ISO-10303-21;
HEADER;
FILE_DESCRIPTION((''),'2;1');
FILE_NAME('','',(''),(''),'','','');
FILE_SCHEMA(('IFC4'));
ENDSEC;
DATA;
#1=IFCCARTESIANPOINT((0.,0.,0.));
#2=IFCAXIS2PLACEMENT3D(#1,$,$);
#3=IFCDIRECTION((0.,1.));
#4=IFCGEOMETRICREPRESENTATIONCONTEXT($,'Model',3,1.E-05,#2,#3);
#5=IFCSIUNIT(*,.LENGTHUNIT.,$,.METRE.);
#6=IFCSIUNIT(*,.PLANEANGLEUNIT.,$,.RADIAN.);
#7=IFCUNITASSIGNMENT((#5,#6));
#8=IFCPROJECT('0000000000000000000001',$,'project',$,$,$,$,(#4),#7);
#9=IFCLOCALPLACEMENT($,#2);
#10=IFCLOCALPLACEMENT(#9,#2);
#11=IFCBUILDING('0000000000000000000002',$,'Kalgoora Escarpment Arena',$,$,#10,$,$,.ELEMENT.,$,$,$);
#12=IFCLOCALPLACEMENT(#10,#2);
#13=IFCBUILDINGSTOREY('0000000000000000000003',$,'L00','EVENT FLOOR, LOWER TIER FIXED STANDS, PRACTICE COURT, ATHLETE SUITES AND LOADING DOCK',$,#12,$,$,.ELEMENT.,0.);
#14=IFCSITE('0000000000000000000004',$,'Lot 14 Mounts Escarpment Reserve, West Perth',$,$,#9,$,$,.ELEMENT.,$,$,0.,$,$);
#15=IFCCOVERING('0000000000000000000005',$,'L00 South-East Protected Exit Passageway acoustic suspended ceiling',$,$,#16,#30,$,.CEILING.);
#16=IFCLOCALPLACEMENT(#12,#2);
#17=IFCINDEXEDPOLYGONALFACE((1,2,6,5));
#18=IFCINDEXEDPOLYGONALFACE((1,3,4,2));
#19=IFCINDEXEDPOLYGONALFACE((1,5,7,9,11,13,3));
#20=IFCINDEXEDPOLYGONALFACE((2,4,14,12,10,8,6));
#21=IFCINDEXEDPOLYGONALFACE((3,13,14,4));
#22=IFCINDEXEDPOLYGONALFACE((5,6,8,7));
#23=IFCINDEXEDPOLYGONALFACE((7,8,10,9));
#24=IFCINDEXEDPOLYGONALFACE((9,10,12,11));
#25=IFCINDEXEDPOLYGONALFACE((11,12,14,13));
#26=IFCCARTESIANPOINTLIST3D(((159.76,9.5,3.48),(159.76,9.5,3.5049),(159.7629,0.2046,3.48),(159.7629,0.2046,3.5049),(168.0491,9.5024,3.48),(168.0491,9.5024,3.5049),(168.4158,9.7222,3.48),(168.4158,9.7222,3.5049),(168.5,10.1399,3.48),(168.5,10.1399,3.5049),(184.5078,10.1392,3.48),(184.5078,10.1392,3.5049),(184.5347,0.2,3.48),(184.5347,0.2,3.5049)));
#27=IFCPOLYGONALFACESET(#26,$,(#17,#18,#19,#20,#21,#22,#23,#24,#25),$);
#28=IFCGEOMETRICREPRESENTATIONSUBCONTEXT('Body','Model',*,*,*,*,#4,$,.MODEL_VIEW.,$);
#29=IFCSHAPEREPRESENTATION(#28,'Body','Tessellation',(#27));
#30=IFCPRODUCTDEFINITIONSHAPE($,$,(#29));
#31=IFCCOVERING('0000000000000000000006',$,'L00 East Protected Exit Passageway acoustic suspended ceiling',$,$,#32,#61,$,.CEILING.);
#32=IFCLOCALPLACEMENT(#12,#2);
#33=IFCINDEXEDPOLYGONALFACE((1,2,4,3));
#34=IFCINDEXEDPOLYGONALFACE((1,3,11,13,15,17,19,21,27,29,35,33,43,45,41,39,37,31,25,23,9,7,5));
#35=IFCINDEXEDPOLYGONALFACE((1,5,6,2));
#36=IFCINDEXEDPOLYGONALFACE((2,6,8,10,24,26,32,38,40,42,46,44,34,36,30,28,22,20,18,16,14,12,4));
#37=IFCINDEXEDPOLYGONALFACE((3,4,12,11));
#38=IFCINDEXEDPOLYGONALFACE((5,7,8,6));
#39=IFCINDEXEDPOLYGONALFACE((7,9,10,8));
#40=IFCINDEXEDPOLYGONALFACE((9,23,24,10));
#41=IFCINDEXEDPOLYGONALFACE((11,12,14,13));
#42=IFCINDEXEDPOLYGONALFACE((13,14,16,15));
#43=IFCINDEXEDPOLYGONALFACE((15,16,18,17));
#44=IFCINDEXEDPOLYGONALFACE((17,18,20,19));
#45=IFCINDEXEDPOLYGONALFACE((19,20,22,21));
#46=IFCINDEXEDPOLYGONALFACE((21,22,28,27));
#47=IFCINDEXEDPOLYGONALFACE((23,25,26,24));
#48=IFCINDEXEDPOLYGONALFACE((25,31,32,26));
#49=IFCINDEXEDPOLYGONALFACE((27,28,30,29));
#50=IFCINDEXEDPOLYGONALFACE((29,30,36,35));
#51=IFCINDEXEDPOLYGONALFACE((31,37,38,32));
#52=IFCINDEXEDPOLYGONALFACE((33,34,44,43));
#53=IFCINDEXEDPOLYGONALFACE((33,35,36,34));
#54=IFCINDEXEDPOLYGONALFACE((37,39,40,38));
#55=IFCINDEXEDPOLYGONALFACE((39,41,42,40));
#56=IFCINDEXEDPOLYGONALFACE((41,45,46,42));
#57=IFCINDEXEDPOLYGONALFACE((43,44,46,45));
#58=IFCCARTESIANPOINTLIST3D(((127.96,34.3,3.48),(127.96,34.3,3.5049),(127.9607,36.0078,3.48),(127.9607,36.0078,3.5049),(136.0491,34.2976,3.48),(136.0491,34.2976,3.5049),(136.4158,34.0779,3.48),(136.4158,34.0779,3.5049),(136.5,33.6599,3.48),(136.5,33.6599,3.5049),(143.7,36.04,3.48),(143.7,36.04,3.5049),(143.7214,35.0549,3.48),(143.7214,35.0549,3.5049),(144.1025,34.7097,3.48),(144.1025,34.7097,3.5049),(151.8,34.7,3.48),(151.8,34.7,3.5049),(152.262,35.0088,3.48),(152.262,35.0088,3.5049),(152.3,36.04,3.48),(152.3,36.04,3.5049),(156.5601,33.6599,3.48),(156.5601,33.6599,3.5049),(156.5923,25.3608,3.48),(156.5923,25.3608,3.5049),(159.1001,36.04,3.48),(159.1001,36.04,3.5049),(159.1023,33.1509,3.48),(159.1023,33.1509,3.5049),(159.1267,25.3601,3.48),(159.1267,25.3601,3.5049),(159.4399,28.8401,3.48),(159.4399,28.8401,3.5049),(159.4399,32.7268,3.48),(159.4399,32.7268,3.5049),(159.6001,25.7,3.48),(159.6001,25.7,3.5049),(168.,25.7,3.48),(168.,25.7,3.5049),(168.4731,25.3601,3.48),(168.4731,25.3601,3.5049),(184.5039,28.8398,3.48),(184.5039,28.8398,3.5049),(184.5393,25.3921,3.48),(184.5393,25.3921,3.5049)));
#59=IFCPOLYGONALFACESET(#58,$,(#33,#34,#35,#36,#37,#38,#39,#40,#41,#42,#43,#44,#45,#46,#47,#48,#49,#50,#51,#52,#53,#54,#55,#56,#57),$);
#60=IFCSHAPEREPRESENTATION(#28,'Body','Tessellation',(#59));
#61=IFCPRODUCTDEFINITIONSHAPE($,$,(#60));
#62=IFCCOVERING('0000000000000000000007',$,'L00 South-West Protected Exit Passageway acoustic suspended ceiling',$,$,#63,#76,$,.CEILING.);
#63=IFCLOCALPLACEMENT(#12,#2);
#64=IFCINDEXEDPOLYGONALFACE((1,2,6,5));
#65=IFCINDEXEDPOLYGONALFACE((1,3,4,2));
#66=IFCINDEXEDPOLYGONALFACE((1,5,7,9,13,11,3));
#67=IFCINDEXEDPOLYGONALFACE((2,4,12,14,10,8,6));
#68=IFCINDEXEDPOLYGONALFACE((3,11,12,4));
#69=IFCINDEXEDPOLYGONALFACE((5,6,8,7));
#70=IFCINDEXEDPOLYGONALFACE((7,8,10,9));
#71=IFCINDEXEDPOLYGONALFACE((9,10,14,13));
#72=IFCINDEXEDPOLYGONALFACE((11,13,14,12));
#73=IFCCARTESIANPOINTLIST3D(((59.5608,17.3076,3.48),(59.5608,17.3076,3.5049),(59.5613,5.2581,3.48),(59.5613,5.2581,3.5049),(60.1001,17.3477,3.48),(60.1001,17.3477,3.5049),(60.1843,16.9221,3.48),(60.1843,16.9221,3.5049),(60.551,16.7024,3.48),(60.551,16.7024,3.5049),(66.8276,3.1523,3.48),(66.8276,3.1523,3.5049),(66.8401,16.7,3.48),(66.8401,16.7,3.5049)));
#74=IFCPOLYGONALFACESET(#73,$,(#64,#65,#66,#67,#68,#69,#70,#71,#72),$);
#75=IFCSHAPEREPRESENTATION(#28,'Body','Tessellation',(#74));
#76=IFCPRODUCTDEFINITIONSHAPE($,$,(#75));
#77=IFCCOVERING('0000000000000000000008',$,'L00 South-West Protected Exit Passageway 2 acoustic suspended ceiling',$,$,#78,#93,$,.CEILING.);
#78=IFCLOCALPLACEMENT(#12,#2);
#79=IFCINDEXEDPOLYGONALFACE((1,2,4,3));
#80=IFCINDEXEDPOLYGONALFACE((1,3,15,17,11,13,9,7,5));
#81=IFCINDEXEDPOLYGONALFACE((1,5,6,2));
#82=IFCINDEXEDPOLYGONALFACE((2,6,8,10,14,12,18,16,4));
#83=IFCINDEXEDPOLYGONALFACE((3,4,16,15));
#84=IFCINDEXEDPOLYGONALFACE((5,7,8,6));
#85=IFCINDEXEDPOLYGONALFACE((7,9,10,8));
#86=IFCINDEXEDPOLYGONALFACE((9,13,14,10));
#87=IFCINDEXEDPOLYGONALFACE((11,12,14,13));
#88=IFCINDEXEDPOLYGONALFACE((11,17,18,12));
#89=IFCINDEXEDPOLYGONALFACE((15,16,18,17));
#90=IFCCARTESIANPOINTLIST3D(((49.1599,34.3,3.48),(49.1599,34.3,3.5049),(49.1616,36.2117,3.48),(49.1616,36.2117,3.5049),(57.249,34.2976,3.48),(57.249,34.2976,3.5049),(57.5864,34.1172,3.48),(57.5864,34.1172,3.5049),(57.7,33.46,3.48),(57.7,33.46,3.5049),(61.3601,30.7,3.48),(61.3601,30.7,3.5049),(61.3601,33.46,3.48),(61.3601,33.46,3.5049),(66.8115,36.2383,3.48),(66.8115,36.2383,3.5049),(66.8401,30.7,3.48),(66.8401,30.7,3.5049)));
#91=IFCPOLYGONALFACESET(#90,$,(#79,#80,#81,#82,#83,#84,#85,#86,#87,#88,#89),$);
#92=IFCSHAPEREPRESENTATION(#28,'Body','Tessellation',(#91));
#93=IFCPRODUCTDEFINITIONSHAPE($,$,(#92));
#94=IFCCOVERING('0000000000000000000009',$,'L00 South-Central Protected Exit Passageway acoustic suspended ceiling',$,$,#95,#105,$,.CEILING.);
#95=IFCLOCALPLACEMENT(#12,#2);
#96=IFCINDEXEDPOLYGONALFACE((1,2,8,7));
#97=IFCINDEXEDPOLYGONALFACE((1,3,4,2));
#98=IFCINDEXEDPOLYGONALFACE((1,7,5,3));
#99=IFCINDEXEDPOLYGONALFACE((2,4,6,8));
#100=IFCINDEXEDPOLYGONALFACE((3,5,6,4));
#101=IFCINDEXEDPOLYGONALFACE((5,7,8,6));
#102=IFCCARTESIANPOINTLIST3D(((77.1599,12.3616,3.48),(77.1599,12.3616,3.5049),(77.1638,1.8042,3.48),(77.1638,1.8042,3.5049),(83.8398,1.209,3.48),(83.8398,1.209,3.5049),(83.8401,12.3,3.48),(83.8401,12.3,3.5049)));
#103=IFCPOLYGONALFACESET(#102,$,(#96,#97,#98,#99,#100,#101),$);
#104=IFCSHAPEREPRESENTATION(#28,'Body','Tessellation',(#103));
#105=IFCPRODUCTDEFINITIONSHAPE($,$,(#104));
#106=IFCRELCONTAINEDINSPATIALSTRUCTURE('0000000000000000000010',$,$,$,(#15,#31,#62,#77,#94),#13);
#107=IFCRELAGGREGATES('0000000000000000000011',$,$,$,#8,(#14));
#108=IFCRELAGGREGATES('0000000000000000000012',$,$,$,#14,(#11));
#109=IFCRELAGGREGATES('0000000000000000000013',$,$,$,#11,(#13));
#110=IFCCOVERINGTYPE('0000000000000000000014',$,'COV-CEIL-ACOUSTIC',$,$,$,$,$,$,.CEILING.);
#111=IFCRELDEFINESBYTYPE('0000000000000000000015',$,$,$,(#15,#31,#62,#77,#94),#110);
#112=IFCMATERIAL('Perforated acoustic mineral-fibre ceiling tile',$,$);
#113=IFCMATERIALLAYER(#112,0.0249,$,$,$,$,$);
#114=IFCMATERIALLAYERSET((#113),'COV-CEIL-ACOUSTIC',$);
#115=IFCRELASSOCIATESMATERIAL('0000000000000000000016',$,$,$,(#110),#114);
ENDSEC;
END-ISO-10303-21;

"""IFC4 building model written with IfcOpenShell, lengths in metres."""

from ifc_helpers import new_model, si_unit, direction, frame, origin, place, context, subcontext, project, spatial, polyline, outline, extrude, material, layer, layer_set, type_object, element, save


model = new_model("IFC4")

# Units and contexts
model_context = context("Model", 3, precision=1e-05, world=origin(), true_north=direction((0.0, 1.0)))
body_context = subcontext(model_context, "Body", "Model", "MODEL_VIEW")
ifc_project = project(units=[si_unit("LENGTHUNIT", "METRE"), si_unit("PLANEANGLEUNIT", "RADIAN")], contexts=[model_context])

# Site, building, storey
site_placement = place(None, origin())
site = spatial("IfcSite", under=ifc_project, at=site_placement, Name="Lot 14 Mounts Escarpment Reserve, West Perth", CompositionType="ELEMENT", RefElevation=0.0)
building_placement = place(site_placement, origin())
building = spatial("IfcBuilding", under=site, at=building_placement, Name="Kalgoora Escarpment Arena", CompositionType="ELEMENT")
storey_placement = place(building_placement, origin())
storey = spatial("IfcBuildingStorey", under=building, at=storey_placement, Name="L00", Description="EVENT FLOOR, LOWER TIER FIXED STANDS, PRACTICE COURT, ATHLETE SUITES AND LOADING DOCK", CompositionType="ELEMENT", Elevation=0.0)

# Coverings
ifc_material = material(Name="Perforated acoustic mineral-fibre ceiling tile")
ifc_layer = layer(ifc_material, 0.0249)
ifc_layer_set = layer_set([ifc_layer], Name="COV-CEIL-ACOUSTIC")
covering_type = type_object("IfcCoveringType", Name="COV-CEIL-ACOUSTIC", PredefinedType="CEILING", material=ifc_layer_set)
covering_1_placement = place(storey_placement, frame((0.0, 0.0, 3.48)))
element("IfcCovering", 1, at=covering_1_placement, inside=storey, type_object=covering_type, Name="L00 South-East Protected Exit Passageway acoustic suspended ceiling", PredefinedType="CEILING", context=body_context, shape_type="SweptSolid", body=[
    extrude(outline(polyline([(184.5078, 10.1392), (184.5347, 0.2), (159.7629, 0.2046), (159.76, 9.5), (168.0491, 9.5024), (168.4158, 9.7222), (168.5, 10.1399), (184.5078, 10.1392)])), origin(), (0.0, 0.0, 1.0), 0.0249),
])
covering_2_placement = place(storey_placement, frame((0.0, 0.0, 3.48)))
element("IfcCovering", 2, at=covering_2_placement, inside=storey, type_object=covering_type, Name="L00 East Protected Exit Passageway acoustic suspended ceiling", PredefinedType="CEILING", context=body_context, shape_type="SweptSolid", body=[
    extrude(outline(polyline([(184.5393, 25.3921), (168.4731, 25.3601), (168.0, 25.7), (159.6001, 25.7), (159.1267, 25.3601), (156.5923, 25.3608), (156.5601, 33.6599), (136.5, 33.6599), (136.4158, 34.0779), (136.0491, 34.2976), (127.96, 34.3), (127.9607, 36.0078), (143.7, 36.04), (143.7214, 35.0549), (144.1025, 34.7097), (151.8, 34.7), (152.262, 35.0088), (152.3, 36.04), (159.1001, 36.04), (159.1023, 33.1509), (159.4399, 32.7268), (159.4399, 28.8401), (184.5039, 28.8398), (184.5393, 25.3921)])), origin(), (0.0, 0.0, 1.0), 0.0249),
])
covering_3_placement = place(storey_placement, frame((0.0, 0.0, 3.48)))
element("IfcCovering", 3, at=covering_3_placement, inside=storey, type_object=covering_type, Name="L00 South-West Protected Exit Passageway acoustic suspended ceiling", PredefinedType="CEILING", context=body_context, shape_type="SweptSolid", body=[
    extrude(outline(polyline([(59.5608, 17.3076), (60.1001, 17.3477), (60.1843, 16.9221), (60.551, 16.7024), (66.8401, 16.7), (66.8276, 3.1523), (59.5613, 5.2581), (59.5608, 17.3076)])), origin(), (0.0, 0.0, 1.0), 0.0249),
])
covering_4_placement = place(storey_placement, frame((0.0, 0.0, 3.48)))
element("IfcCovering", 4, at=covering_4_placement, inside=storey, type_object=covering_type, Name="L00 South-West Protected Exit Passageway 2 acoustic suspended ceiling", PredefinedType="CEILING", context=body_context, shape_type="SweptSolid", body=[
    extrude(outline(polyline([(57.7, 33.46), (57.5864, 34.1172), (57.249, 34.2976), (49.1599, 34.3), (49.1616, 36.2117), (66.8115, 36.2383), (66.8401, 30.7), (61.3601, 30.7), (61.3601, 33.46), (57.7, 33.46)])), origin(), (0.0, 0.0, 1.0), 0.0249),
])
covering_5_placement = place(storey_placement, frame((0.0, 0.0, 3.48)))
element("IfcCovering", 5, at=covering_5_placement, inside=storey, type_object=covering_type, Name="L00 South-Central Protected Exit Passageway acoustic suspended ceiling", PredefinedType="CEILING", context=body_context, shape_type="SweptSolid", body=[
    extrude(outline(polyline([(83.8398, 1.209), (77.1638, 1.8042), (77.1599, 12.3616), (83.8401, 12.3), (83.8398, 1.209)])), origin(), (0.0, 0.0, 1.0), 0.0249),
])

save(model, "model.ifc")
